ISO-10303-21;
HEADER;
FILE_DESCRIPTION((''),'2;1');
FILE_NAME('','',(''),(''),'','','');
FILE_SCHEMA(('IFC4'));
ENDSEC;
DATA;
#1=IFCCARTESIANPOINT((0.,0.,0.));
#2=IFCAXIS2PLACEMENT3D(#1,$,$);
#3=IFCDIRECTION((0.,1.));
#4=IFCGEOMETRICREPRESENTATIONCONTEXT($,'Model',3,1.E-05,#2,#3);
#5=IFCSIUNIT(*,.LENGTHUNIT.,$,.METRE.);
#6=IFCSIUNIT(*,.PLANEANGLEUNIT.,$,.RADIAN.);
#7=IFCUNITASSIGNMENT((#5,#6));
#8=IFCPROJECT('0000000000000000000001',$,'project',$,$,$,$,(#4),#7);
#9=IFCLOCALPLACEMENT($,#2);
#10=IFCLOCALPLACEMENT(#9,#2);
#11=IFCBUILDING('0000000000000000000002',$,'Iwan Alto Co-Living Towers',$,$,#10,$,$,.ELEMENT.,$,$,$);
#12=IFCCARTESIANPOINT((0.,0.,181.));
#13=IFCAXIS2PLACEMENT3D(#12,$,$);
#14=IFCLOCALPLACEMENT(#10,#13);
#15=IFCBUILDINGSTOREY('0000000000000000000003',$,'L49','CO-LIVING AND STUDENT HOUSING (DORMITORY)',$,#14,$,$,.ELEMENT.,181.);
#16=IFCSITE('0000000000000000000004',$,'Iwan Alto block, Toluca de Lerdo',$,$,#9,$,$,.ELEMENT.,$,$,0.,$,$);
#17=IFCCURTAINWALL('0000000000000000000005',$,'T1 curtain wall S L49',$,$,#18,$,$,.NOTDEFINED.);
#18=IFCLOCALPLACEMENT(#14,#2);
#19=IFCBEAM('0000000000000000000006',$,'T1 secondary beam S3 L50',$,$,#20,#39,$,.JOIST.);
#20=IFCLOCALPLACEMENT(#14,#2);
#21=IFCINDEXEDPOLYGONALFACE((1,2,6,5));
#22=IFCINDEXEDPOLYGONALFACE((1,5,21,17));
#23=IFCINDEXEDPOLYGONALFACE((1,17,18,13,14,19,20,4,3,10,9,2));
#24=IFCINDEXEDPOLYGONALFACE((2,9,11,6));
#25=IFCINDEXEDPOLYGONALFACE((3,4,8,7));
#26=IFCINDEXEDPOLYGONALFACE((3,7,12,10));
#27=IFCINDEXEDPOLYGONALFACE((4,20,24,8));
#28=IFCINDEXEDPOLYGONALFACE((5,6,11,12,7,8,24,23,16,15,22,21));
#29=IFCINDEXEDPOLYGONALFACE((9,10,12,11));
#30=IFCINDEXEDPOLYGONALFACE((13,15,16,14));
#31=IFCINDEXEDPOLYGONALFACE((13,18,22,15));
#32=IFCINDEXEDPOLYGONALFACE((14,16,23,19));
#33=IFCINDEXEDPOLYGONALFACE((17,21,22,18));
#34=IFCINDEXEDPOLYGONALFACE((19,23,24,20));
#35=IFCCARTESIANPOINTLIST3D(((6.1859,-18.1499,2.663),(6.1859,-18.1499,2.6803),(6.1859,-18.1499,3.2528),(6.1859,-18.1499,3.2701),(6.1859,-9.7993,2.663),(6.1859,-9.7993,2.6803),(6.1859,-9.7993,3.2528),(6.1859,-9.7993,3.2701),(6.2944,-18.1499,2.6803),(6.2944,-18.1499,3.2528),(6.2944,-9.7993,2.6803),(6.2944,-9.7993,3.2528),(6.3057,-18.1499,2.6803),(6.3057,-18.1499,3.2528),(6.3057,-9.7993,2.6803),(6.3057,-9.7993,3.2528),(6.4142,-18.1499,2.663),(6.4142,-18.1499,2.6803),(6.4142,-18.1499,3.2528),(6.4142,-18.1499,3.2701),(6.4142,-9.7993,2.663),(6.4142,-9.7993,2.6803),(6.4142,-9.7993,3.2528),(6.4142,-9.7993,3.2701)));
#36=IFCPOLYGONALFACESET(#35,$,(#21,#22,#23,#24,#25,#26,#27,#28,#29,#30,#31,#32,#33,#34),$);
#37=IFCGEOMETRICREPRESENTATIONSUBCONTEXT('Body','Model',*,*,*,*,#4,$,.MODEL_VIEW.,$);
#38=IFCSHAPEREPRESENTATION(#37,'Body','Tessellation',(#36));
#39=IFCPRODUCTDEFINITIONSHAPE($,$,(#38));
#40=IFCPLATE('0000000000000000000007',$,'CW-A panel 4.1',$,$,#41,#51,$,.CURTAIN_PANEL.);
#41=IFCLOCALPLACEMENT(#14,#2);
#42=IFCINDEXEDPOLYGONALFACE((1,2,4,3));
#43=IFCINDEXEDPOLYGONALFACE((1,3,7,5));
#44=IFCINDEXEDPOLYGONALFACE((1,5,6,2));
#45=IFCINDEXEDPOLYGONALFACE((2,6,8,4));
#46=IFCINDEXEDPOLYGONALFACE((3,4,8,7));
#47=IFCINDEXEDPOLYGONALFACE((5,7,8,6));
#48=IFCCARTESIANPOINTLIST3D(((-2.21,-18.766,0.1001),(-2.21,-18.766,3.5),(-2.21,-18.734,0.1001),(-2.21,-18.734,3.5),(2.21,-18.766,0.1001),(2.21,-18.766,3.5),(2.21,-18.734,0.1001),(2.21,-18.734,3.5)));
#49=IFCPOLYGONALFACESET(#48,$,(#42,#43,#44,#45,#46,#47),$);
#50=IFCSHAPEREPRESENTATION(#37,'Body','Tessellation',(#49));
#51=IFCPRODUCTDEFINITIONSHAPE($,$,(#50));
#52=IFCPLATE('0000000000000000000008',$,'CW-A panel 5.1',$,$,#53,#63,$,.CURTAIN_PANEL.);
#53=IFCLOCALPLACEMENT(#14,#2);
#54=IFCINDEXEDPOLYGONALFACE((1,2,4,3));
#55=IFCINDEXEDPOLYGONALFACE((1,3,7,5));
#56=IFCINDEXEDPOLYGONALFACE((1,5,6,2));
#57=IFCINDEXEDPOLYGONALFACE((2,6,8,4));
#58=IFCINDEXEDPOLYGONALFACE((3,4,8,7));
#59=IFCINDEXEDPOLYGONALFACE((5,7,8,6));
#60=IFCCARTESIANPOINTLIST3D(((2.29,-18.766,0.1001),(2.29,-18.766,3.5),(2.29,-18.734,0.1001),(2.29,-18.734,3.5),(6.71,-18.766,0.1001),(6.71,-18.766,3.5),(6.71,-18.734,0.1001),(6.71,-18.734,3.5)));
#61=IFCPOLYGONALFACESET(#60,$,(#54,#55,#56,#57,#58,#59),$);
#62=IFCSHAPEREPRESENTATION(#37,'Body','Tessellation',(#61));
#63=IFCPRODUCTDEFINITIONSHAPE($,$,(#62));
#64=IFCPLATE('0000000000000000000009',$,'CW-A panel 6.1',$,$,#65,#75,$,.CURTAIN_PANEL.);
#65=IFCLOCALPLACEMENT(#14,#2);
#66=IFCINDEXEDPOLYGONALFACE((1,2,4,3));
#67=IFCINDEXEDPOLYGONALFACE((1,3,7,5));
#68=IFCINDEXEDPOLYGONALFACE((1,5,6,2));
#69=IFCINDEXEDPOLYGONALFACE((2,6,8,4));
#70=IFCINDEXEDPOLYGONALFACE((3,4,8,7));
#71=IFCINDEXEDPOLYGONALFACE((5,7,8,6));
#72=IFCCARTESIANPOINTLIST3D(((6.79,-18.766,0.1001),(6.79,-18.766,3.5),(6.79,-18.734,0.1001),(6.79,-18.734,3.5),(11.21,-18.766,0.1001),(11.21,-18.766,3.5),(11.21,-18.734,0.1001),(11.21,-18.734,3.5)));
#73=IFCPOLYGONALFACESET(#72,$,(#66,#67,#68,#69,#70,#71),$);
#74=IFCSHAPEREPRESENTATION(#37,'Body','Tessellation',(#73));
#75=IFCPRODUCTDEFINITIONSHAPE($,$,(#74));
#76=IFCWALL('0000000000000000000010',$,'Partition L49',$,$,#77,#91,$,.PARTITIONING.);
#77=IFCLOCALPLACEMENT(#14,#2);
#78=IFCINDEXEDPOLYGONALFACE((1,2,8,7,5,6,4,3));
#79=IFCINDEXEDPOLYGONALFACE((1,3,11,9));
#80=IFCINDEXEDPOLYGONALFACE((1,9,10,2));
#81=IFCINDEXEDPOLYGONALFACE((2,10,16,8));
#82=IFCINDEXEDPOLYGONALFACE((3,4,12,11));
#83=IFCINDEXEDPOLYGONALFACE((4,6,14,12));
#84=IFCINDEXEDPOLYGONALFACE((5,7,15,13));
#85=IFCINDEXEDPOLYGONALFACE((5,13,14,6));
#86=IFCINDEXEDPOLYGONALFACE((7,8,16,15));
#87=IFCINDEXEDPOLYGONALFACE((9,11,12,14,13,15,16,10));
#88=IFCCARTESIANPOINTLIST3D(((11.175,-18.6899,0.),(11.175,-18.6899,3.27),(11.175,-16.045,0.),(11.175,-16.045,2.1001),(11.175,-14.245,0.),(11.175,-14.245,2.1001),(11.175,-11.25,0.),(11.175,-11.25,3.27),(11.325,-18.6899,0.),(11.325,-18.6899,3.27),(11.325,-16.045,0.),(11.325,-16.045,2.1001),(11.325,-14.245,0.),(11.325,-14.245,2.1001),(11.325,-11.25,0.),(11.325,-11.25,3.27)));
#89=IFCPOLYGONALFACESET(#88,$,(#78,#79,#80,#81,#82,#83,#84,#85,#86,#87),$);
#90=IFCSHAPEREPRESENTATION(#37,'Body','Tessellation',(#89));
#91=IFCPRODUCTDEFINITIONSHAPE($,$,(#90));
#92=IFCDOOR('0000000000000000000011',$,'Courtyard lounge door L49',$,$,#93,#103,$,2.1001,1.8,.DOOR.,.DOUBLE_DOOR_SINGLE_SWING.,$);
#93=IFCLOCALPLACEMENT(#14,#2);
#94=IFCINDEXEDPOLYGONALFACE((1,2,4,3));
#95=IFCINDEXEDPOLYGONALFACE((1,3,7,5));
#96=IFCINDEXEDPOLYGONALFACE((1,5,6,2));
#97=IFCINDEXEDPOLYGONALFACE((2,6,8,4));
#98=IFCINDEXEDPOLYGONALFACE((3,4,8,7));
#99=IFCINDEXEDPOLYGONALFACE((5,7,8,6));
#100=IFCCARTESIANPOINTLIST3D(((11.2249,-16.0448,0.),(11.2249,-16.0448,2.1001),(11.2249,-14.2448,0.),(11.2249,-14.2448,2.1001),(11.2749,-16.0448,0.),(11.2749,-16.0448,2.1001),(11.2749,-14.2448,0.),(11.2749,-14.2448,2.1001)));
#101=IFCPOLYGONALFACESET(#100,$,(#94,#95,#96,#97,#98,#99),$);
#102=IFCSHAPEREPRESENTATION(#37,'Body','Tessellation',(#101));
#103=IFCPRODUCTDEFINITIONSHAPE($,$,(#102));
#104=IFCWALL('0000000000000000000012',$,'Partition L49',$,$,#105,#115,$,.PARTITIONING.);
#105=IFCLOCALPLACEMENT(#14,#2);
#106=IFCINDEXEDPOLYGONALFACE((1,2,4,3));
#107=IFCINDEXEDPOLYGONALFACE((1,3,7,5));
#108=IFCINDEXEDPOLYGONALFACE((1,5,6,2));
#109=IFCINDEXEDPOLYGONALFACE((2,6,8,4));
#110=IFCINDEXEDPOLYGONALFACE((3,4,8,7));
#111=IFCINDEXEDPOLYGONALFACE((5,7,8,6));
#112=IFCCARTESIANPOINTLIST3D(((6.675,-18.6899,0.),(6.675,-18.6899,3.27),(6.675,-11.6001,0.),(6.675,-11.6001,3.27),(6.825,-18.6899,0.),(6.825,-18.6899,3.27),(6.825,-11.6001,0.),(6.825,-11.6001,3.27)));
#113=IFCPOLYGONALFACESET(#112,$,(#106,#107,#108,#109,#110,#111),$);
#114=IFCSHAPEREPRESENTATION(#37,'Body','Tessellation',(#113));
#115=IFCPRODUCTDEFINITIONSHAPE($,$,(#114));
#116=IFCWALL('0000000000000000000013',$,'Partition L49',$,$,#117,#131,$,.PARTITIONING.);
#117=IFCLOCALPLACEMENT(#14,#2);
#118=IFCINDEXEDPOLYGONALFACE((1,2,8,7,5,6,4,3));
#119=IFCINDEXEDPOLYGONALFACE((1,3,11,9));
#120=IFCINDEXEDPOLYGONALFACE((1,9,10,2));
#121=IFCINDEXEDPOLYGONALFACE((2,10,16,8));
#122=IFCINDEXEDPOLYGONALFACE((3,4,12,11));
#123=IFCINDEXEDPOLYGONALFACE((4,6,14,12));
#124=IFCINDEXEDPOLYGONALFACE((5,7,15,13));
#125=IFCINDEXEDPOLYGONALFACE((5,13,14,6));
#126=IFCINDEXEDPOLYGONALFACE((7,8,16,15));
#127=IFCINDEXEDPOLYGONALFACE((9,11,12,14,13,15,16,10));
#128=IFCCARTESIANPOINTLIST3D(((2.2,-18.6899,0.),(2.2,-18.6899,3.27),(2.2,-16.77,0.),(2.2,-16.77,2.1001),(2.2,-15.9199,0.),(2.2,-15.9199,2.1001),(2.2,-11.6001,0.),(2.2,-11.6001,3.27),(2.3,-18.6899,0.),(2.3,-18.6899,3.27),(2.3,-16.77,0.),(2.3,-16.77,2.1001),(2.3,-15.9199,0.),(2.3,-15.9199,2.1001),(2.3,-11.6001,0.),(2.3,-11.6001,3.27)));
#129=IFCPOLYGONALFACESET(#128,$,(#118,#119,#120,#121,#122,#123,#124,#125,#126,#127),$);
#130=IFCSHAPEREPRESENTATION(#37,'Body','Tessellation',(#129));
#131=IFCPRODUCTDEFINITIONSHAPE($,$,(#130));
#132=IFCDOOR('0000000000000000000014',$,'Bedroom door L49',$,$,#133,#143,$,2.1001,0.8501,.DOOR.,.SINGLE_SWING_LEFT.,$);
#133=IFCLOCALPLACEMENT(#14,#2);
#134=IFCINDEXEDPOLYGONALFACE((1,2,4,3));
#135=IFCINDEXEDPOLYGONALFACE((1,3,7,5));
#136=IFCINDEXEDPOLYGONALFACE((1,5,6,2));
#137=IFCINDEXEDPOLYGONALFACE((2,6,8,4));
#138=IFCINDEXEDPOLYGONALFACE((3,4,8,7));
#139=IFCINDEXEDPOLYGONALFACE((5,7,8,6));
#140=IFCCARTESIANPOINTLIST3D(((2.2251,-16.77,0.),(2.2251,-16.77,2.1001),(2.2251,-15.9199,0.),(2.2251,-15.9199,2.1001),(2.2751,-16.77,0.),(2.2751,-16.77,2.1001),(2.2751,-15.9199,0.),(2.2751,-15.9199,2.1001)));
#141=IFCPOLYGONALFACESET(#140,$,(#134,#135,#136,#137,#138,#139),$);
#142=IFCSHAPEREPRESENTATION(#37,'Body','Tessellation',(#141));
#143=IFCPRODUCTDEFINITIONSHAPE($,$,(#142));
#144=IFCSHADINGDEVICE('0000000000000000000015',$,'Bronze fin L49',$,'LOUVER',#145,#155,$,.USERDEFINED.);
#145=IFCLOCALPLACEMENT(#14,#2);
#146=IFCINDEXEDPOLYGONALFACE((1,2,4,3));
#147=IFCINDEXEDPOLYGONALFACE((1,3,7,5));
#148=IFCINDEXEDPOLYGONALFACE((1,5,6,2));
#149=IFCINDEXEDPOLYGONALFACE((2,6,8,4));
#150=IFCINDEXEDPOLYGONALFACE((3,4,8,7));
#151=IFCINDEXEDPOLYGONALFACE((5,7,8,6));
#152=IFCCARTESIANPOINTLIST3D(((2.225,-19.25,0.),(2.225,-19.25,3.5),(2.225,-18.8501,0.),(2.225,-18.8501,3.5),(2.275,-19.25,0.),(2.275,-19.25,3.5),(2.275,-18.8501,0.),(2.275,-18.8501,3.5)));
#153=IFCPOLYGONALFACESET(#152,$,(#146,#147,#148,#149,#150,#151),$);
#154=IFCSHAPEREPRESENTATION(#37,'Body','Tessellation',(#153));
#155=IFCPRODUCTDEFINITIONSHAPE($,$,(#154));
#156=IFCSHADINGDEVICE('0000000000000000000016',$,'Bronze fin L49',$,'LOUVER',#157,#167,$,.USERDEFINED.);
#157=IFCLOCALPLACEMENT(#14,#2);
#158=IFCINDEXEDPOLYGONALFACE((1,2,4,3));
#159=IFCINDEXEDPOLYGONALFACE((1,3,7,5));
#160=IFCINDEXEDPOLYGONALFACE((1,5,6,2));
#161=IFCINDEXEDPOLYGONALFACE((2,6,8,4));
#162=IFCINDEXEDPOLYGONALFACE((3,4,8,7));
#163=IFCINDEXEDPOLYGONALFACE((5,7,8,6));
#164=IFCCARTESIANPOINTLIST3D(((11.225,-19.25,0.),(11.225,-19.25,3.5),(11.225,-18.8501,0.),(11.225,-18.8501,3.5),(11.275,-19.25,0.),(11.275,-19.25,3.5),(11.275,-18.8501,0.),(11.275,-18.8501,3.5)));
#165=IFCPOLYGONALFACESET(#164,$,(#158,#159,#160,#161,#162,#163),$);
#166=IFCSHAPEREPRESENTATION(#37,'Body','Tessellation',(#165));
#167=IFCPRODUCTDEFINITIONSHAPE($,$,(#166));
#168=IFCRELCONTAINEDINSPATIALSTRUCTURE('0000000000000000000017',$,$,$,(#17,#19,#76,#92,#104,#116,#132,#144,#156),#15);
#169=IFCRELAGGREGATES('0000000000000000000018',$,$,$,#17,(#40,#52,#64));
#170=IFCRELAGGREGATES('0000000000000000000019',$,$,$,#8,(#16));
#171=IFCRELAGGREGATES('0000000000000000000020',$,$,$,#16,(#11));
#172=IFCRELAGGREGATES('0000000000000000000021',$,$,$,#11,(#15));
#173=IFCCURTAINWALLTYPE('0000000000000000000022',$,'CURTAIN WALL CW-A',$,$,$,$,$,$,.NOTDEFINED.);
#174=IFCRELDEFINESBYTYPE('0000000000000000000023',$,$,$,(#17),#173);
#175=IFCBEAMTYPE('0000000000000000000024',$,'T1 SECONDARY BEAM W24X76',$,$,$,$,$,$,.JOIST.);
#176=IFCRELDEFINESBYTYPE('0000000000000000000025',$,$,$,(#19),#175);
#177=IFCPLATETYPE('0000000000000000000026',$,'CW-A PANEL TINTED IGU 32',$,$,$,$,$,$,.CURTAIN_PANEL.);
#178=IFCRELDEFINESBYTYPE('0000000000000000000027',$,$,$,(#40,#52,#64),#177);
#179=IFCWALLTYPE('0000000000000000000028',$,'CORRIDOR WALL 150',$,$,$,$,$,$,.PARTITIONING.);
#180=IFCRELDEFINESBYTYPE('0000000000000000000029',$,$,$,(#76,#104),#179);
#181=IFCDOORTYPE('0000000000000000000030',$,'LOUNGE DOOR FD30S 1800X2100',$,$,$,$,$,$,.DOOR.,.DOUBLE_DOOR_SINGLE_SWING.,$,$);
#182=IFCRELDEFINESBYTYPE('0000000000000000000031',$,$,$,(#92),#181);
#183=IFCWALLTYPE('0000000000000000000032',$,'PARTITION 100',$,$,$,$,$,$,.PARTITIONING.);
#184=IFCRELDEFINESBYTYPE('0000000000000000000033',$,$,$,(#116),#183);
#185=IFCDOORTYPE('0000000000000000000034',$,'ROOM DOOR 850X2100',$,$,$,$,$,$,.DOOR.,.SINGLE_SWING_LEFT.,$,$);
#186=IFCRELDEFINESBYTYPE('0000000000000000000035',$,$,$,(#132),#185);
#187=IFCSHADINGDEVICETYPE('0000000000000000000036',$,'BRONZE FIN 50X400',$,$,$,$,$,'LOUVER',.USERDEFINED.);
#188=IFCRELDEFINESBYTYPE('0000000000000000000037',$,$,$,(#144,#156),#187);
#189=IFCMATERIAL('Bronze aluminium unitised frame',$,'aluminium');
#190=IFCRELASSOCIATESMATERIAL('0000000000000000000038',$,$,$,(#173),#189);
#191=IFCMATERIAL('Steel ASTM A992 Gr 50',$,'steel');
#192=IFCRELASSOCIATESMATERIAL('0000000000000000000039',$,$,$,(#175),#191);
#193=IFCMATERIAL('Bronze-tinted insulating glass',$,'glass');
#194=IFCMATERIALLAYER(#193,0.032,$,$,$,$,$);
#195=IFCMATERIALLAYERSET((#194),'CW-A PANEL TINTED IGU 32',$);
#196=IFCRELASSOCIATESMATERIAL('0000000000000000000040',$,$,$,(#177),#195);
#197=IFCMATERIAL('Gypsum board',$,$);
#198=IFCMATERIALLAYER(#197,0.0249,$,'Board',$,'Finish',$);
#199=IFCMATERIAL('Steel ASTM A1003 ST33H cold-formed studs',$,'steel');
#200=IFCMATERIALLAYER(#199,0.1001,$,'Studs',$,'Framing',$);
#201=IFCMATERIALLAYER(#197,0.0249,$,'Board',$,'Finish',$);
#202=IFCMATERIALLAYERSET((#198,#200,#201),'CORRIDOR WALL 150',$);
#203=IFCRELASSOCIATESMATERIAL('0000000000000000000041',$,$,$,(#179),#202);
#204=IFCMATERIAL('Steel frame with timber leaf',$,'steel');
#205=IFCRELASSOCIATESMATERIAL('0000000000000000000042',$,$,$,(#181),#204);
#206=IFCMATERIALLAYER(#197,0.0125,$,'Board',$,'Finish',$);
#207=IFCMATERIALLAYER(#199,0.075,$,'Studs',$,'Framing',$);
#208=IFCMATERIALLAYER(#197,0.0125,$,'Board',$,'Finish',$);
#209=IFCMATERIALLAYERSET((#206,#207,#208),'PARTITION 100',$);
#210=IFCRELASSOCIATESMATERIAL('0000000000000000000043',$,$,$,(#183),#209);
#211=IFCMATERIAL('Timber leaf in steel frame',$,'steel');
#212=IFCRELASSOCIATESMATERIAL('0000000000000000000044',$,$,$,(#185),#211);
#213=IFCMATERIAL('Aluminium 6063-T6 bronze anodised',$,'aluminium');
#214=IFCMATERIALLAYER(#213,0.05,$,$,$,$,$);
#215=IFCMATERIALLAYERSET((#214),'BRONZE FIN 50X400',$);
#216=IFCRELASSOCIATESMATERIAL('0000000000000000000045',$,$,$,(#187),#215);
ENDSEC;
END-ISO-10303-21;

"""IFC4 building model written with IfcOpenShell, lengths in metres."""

from ifc_helpers import new_model, si_unit, direction, frame, frame_2d, origin, origin_2d, place, context, subcontext, project, spatial, rectangle, i_section, extrude, material, layer, layer_set, material_profile, profile_set, type_object, element, fill, aggregate, save


model = new_model("IFC4")

# Units and contexts
model_context = context("Model", 3, precision=1e-05, world=origin(), true_north=direction((0.0, 1.0)))
body_context = subcontext(model_context, "Body", "Model", "MODEL_VIEW")
ifc_project = project(units=[si_unit("LENGTHUNIT", "METRE"), si_unit("PLANEANGLEUNIT", "RADIAN")], contexts=[model_context])

# Site, building, storey
site_placement = place(None, origin())
site = spatial("IfcSite", under=ifc_project, at=site_placement, Name="Iwan Alto block, Toluca de Lerdo", CompositionType="ELEMENT", RefElevation=0.0)
building_placement = place(site_placement, origin())
building = spatial("IfcBuilding", under=site, at=building_placement, Name="Iwan Alto Co-Living Towers", CompositionType="ELEMENT")
storey_placement = place(building_placement, frame((0.0, 0.0, 181.0)))
storey = spatial("IfcBuildingStorey", under=building, at=storey_placement, Name="L49", Description="CO-LIVING AND STUDENT HOUSING (DORMITORY)", CompositionType="ELEMENT", Elevation=181.0)

# Curtain wall
ifc_material_1 = material(Name="Bronze aluminium unitised frame", Category="aluminium")
curtain_wall_type = type_object("IfcCurtainWallType", Name="CURTAIN WALL CW-A", PredefinedType="NOTDEFINED", material=ifc_material_1)
curtain_wall_placement = place(storey_placement, origin())
curtain_wall = element("IfcCurtainWall", 1, at=curtain_wall_placement, inside=storey, type_object=curtain_wall_type, Name="T1 curtain wall S L49", PredefinedType="NOTDEFINED")

# Beam
ifc_material_2 = material(Name="Steel ASTM A992 Gr 50", Category="steel")
ifc_material_profile_1 = material_profile(ifc_material_2, i_section(OverallWidth=0.2283, OverallDepth=0.6072, WebThickness=0.0112, FlangeThickness=0.0173, at=origin_2d()), Name="W24X76")
ifc_profile_set_1 = profile_set([ifc_material_profile_1], Name="Steel ASTM A992 Gr 50")
beam_type_1 = type_object("IfcBeamType", Name="T1 SECONDARY BEAM W24X76", PredefinedType="JOIST", material=ifc_profile_set_1)
for number, where, z_axis, x_axis, name in (
    (2, (6.3, -18.1499, 2.9666), (0.0, 1.0, 0.0), (-1.0, 0.0, 0.0), "T1 secondary beam S3 L50"),
):
    element("IfcBeam", number, at=place(storey_placement, frame(where, z_axis=z_axis, x_axis=x_axis)), inside=storey, type_object=beam_type_1, Name=name, PredefinedType="JOIST", context=body_context, shape_type="SweptSolid", body=[
        extrude(i_section(OverallWidth=0.2283, OverallDepth=0.6072, WebThickness=0.0112, FlangeThickness=0.0173, at=origin_2d()), origin(), (0.0, 0.0, 1.0), 8.3506),
    ])

# Plates
ifc_material_3 = material(Name="Bronze-tinted insulating glass", Category="glass")
ifc_layer_1 = layer(ifc_material_3, 0.032)
ifc_layer_set_1 = layer_set([ifc_layer_1], Name="CW-A PANEL TINTED IGU 32")
plate_type = type_object("IfcPlateType", Name="CW-A PANEL TINTED IGU 32", PredefinedType="CURTAIN_PANEL", material=ifc_layer_set_1)
plate_1_placement = place(storey_placement, frame((0.0, -18.75, 0.1001), z_axis=(0.0, 0.0, 1.0), x_axis=(1.0, 0.0, 0.0)))
plate_1 = element("IfcPlate", 3, at=plate_1_placement, type_object=plate_type, Name="CW-A panel 4.1", PredefinedType="CURTAIN_PANEL", context=body_context, shape_type="SweptSolid", body=[
    extrude(rectangle(XDim=4.4199, YDim=0.032, at=origin_2d()), origin(), (0.0, 0.0, 1.0), 3.3999),
])
plate_2_placement = place(storey_placement, frame((4.5, -18.75, 0.1001), z_axis=(0.0, 0.0, 1.0), x_axis=(1.0, 0.0, 0.0)))
plate_2 = element("IfcPlate", 4, at=plate_2_placement, type_object=plate_type, Name="CW-A panel 5.1", PredefinedType="CURTAIN_PANEL", context=body_context, shape_type="SweptSolid", body=[
    extrude(rectangle(XDim=4.4199, YDim=0.032, at=origin_2d()), origin(), (0.0, 0.0, 1.0), 3.3999),
])
plate_3_placement = place(storey_placement, frame((9.0, -18.75, 0.1001), z_axis=(0.0, 0.0, 1.0), x_axis=(1.0, 0.0, 0.0)))
plate_3 = element("IfcPlate", 5, at=plate_3_placement, type_object=plate_type, Name="CW-A panel 6.1", PredefinedType="CURTAIN_PANEL", context=body_context, shape_type="SweptSolid", body=[
    extrude(rectangle(XDim=4.4199, YDim=0.032, at=origin_2d()), origin(), (0.0, 0.0, 1.0), 3.3999),
])
aggregate(curtain_wall, [plate_1, plate_2, plate_3])

# Wall, opening, door
ifc_material_4 = material(Name="Gypsum board")
ifc_layer_2 = layer(ifc_material_4, 0.0249, Name="Board", Category="Finish")
ifc_material_5 = material(Name="Steel ASTM A1003 ST33H cold-formed studs", Category="steel")
ifc_layer_3 = layer(ifc_material_5, 0.1001, Name="Studs", Category="Framing")
ifc_layer_4 = layer(ifc_material_4, 0.0249, Name="Board", Category="Finish")
ifc_layer_set_2 = layer_set([ifc_layer_2, ifc_layer_3, ifc_layer_4], Name="CORRIDOR WALL 150")
wall_type_1 = type_object("IfcWallType", Name="CORRIDOR WALL 150", PredefinedType="PARTITIONING", material=ifc_layer_set_2)
wall_1_placement = place(storey_placement, frame((11.25, -18.6899, 0.0), z_axis=(0.0, 0.0, 1.0), x_axis=(0.0, 1.0, 0.0)))
wall_1 = element("IfcWall", 6, at=wall_1_placement, inside=storey, type_object=wall_type_1, Name="Partition L49", PredefinedType="PARTITIONING", context=body_context, shape_type="SweptSolid", body=[
    extrude(rectangle(XDim=7.4399, YDim=0.1499, at=frame_2d((3.72, 0.0))), origin(), (0.0, 0.0, 1.0), 3.27),
])
opening_1_placement = place(wall_1_placement, frame((2.645, 0.0, 0.0)))
opening_1 = element("IfcOpeningElement", 7, at=opening_1_placement, cuts=wall_1, PredefinedType="OPENING", context=body_context, shape_type="SweptSolid", body=[
    extrude(rectangle(XDim=1.8, YDim=2.1001, at=frame_2d((0.8999, 1.05))), frame((0.0, 0.085, 0.0), z_axis=(0.0, -1.0, 0.0), x_axis=(1.0, 0.0, 0.0)), (0.0, 0.0, 1.0), 0.1699),
])
ifc_material_6 = material(Name="Steel frame with timber leaf", Category="steel")
door_type_1 = type_object("IfcDoorType", Name="LOUNGE DOOR FD30S 1800X2100", OperationType="DOUBLE_DOOR_SINGLE_SWING", PredefinedType="DOOR", material=ifc_material_6)
door_1_placement = place(opening_1_placement, frame((1.8, 0.0, 0.0), z_axis=(0.0, 0.0, 1.0), x_axis=(-1.0, 0.0, 0.0)))
door_1 = element("IfcDoor", 8, at=door_1_placement, inside=storey, type_object=door_type_1, Name="Courtyard lounge door L49", OperationType="DOUBLE_DOOR_SINGLE_SWING", OverallHeight=2.1001, OverallWidth=1.8, PredefinedType="DOOR", context=body_context, shape_type="SweptSolid", body=[
    extrude(rectangle(XDim=1.8, YDim=2.1001, at=frame_2d((0.8999, 1.05))), frame((0.0, 0.0249, 0.0), z_axis=(0.0, -1.0, 0.0), x_axis=(1.0, 0.0, 0.0)), (0.0, 0.0, 1.0), 0.05),
])
fill(opening_1, door_1)

# Wall
wall_2_placement = place(storey_placement, frame((6.75, -18.6899, 0.0), z_axis=(0.0, 0.0, 1.0), x_axis=(0.0, 1.0, 0.0)))
element("IfcWall", 9, at=wall_2_placement, inside=storey, type_object=wall_type_1, Name="Partition L49", PredefinedType="PARTITIONING", context=body_context, shape_type="SweptSolid", body=[
    extrude(rectangle(XDim=7.0898, YDim=0.1499, at=frame_2d((3.5449, 0.0))), origin(), (0.0, 0.0, 1.0), 3.27),
])

# Wall, opening, door
ifc_layer_5 = layer(ifc_material_4, 0.0125, Name="Board", Category="Finish")
ifc_layer_6 = layer(ifc_material_5, 0.075, Name="Studs", Category="Framing")
ifc_layer_7 = layer(ifc_material_4, 0.0125, Name="Board", Category="Finish")
ifc_layer_set_3 = layer_set([ifc_layer_5, ifc_layer_6, ifc_layer_7], Name="PARTITION 100")
wall_type_2 = type_object("IfcWallType", Name="PARTITION 100", PredefinedType="PARTITIONING", material=ifc_layer_set_3)
wall_3_placement = place(storey_placement, frame((2.25, -18.6899, 0.0), z_axis=(0.0, 0.0, 1.0), x_axis=(0.0, 1.0, 0.0)))
wall_3 = element("IfcWall", 10, at=wall_3_placement, inside=storey, type_object=wall_type_2, Name="Partition L49", PredefinedType="PARTITIONING", context=body_context, shape_type="SweptSolid", body=[
    extrude(rectangle(XDim=7.0898, YDim=0.1001, at=frame_2d((3.5449, 0.0))), origin(), (0.0, 0.0, 1.0), 3.27),
])
opening_2_placement = place(wall_3_placement, frame((1.9199, 0.0, 0.0)))
opening_2 = element("IfcOpeningElement", 11, at=opening_2_placement, cuts=wall_3, PredefinedType="OPENING", context=body_context, shape_type="SweptSolid", body=[
    extrude(rectangle(XDim=0.8501, YDim=2.1001, at=frame_2d((0.425, 1.05))), frame((0.0, 0.0601, 0.0), z_axis=(0.0, -1.0, 0.0), x_axis=(1.0, 0.0, 0.0)), (0.0, 0.0, 1.0), 0.1201),
])
ifc_material_7 = material(Name="Timber leaf in steel frame", Category="steel")
door_type_2 = type_object("IfcDoorType", Name="ROOM DOOR 850X2100", OperationType="SINGLE_SWING_LEFT", PredefinedType="DOOR", material=ifc_material_7)
door_2_placement = place(opening_2_placement, origin())
door_2 = element("IfcDoor", 12, at=door_2_placement, inside=storey, type_object=door_type_2, Name="Bedroom door L49", OperationType="SINGLE_SWING_LEFT", OverallHeight=2.1001, OverallWidth=0.8501, PredefinedType="DOOR", context=body_context, shape_type="SweptSolid", body=[
    extrude(rectangle(XDim=0.8501, YDim=2.1001, at=frame_2d((0.425, 1.05))), frame((0.0, 0.0249, 0.0), z_axis=(0.0, -1.0, 0.0), x_axis=(1.0, 0.0, 0.0)), (0.0, 0.0, 1.0), 0.05),
])
fill(opening_2, door_2)

# Shading devices
ifc_material_8 = material(Name="Aluminium 6063-T6 bronze anodised", Category="aluminium")
ifc_layer_8 = layer(ifc_material_8, 0.05)
ifc_layer_set_4 = layer_set([ifc_layer_8], Name="BRONZE FIN 50X400")
shading_device_type = type_object("IfcShadingDeviceType", Name="BRONZE FIN 50X400", ElementType="LOUVER", PredefinedType="USERDEFINED", material=ifc_layer_set_4)
for number, where, z_axis, x_axis, name in (
    (13, (2.25, -19.05, 0.0), (0.0, 0.0, 1.0), (1.0, 0.0, 0.0), "Bronze fin L49"),
    (14, (11.25, -19.05, 0.0), (0.0, 0.0, 1.0), (1.0, 0.0, 0.0), "Bronze fin L49"),
):
    element("IfcShadingDevice", number, at=place(storey_placement, frame(where, z_axis=z_axis, x_axis=x_axis)), inside=storey, type_object=shading_device_type, Name=name, ObjectType="LOUVER", PredefinedType="USERDEFINED", context=body_context, shape_type="SweptSolid", body=[
        extrude(rectangle(XDim=0.05, YDim=0.3999, at=origin_2d()), origin(), (0.0, 0.0, 1.0), 3.5),
    ])

save(model, "model.ifc")
